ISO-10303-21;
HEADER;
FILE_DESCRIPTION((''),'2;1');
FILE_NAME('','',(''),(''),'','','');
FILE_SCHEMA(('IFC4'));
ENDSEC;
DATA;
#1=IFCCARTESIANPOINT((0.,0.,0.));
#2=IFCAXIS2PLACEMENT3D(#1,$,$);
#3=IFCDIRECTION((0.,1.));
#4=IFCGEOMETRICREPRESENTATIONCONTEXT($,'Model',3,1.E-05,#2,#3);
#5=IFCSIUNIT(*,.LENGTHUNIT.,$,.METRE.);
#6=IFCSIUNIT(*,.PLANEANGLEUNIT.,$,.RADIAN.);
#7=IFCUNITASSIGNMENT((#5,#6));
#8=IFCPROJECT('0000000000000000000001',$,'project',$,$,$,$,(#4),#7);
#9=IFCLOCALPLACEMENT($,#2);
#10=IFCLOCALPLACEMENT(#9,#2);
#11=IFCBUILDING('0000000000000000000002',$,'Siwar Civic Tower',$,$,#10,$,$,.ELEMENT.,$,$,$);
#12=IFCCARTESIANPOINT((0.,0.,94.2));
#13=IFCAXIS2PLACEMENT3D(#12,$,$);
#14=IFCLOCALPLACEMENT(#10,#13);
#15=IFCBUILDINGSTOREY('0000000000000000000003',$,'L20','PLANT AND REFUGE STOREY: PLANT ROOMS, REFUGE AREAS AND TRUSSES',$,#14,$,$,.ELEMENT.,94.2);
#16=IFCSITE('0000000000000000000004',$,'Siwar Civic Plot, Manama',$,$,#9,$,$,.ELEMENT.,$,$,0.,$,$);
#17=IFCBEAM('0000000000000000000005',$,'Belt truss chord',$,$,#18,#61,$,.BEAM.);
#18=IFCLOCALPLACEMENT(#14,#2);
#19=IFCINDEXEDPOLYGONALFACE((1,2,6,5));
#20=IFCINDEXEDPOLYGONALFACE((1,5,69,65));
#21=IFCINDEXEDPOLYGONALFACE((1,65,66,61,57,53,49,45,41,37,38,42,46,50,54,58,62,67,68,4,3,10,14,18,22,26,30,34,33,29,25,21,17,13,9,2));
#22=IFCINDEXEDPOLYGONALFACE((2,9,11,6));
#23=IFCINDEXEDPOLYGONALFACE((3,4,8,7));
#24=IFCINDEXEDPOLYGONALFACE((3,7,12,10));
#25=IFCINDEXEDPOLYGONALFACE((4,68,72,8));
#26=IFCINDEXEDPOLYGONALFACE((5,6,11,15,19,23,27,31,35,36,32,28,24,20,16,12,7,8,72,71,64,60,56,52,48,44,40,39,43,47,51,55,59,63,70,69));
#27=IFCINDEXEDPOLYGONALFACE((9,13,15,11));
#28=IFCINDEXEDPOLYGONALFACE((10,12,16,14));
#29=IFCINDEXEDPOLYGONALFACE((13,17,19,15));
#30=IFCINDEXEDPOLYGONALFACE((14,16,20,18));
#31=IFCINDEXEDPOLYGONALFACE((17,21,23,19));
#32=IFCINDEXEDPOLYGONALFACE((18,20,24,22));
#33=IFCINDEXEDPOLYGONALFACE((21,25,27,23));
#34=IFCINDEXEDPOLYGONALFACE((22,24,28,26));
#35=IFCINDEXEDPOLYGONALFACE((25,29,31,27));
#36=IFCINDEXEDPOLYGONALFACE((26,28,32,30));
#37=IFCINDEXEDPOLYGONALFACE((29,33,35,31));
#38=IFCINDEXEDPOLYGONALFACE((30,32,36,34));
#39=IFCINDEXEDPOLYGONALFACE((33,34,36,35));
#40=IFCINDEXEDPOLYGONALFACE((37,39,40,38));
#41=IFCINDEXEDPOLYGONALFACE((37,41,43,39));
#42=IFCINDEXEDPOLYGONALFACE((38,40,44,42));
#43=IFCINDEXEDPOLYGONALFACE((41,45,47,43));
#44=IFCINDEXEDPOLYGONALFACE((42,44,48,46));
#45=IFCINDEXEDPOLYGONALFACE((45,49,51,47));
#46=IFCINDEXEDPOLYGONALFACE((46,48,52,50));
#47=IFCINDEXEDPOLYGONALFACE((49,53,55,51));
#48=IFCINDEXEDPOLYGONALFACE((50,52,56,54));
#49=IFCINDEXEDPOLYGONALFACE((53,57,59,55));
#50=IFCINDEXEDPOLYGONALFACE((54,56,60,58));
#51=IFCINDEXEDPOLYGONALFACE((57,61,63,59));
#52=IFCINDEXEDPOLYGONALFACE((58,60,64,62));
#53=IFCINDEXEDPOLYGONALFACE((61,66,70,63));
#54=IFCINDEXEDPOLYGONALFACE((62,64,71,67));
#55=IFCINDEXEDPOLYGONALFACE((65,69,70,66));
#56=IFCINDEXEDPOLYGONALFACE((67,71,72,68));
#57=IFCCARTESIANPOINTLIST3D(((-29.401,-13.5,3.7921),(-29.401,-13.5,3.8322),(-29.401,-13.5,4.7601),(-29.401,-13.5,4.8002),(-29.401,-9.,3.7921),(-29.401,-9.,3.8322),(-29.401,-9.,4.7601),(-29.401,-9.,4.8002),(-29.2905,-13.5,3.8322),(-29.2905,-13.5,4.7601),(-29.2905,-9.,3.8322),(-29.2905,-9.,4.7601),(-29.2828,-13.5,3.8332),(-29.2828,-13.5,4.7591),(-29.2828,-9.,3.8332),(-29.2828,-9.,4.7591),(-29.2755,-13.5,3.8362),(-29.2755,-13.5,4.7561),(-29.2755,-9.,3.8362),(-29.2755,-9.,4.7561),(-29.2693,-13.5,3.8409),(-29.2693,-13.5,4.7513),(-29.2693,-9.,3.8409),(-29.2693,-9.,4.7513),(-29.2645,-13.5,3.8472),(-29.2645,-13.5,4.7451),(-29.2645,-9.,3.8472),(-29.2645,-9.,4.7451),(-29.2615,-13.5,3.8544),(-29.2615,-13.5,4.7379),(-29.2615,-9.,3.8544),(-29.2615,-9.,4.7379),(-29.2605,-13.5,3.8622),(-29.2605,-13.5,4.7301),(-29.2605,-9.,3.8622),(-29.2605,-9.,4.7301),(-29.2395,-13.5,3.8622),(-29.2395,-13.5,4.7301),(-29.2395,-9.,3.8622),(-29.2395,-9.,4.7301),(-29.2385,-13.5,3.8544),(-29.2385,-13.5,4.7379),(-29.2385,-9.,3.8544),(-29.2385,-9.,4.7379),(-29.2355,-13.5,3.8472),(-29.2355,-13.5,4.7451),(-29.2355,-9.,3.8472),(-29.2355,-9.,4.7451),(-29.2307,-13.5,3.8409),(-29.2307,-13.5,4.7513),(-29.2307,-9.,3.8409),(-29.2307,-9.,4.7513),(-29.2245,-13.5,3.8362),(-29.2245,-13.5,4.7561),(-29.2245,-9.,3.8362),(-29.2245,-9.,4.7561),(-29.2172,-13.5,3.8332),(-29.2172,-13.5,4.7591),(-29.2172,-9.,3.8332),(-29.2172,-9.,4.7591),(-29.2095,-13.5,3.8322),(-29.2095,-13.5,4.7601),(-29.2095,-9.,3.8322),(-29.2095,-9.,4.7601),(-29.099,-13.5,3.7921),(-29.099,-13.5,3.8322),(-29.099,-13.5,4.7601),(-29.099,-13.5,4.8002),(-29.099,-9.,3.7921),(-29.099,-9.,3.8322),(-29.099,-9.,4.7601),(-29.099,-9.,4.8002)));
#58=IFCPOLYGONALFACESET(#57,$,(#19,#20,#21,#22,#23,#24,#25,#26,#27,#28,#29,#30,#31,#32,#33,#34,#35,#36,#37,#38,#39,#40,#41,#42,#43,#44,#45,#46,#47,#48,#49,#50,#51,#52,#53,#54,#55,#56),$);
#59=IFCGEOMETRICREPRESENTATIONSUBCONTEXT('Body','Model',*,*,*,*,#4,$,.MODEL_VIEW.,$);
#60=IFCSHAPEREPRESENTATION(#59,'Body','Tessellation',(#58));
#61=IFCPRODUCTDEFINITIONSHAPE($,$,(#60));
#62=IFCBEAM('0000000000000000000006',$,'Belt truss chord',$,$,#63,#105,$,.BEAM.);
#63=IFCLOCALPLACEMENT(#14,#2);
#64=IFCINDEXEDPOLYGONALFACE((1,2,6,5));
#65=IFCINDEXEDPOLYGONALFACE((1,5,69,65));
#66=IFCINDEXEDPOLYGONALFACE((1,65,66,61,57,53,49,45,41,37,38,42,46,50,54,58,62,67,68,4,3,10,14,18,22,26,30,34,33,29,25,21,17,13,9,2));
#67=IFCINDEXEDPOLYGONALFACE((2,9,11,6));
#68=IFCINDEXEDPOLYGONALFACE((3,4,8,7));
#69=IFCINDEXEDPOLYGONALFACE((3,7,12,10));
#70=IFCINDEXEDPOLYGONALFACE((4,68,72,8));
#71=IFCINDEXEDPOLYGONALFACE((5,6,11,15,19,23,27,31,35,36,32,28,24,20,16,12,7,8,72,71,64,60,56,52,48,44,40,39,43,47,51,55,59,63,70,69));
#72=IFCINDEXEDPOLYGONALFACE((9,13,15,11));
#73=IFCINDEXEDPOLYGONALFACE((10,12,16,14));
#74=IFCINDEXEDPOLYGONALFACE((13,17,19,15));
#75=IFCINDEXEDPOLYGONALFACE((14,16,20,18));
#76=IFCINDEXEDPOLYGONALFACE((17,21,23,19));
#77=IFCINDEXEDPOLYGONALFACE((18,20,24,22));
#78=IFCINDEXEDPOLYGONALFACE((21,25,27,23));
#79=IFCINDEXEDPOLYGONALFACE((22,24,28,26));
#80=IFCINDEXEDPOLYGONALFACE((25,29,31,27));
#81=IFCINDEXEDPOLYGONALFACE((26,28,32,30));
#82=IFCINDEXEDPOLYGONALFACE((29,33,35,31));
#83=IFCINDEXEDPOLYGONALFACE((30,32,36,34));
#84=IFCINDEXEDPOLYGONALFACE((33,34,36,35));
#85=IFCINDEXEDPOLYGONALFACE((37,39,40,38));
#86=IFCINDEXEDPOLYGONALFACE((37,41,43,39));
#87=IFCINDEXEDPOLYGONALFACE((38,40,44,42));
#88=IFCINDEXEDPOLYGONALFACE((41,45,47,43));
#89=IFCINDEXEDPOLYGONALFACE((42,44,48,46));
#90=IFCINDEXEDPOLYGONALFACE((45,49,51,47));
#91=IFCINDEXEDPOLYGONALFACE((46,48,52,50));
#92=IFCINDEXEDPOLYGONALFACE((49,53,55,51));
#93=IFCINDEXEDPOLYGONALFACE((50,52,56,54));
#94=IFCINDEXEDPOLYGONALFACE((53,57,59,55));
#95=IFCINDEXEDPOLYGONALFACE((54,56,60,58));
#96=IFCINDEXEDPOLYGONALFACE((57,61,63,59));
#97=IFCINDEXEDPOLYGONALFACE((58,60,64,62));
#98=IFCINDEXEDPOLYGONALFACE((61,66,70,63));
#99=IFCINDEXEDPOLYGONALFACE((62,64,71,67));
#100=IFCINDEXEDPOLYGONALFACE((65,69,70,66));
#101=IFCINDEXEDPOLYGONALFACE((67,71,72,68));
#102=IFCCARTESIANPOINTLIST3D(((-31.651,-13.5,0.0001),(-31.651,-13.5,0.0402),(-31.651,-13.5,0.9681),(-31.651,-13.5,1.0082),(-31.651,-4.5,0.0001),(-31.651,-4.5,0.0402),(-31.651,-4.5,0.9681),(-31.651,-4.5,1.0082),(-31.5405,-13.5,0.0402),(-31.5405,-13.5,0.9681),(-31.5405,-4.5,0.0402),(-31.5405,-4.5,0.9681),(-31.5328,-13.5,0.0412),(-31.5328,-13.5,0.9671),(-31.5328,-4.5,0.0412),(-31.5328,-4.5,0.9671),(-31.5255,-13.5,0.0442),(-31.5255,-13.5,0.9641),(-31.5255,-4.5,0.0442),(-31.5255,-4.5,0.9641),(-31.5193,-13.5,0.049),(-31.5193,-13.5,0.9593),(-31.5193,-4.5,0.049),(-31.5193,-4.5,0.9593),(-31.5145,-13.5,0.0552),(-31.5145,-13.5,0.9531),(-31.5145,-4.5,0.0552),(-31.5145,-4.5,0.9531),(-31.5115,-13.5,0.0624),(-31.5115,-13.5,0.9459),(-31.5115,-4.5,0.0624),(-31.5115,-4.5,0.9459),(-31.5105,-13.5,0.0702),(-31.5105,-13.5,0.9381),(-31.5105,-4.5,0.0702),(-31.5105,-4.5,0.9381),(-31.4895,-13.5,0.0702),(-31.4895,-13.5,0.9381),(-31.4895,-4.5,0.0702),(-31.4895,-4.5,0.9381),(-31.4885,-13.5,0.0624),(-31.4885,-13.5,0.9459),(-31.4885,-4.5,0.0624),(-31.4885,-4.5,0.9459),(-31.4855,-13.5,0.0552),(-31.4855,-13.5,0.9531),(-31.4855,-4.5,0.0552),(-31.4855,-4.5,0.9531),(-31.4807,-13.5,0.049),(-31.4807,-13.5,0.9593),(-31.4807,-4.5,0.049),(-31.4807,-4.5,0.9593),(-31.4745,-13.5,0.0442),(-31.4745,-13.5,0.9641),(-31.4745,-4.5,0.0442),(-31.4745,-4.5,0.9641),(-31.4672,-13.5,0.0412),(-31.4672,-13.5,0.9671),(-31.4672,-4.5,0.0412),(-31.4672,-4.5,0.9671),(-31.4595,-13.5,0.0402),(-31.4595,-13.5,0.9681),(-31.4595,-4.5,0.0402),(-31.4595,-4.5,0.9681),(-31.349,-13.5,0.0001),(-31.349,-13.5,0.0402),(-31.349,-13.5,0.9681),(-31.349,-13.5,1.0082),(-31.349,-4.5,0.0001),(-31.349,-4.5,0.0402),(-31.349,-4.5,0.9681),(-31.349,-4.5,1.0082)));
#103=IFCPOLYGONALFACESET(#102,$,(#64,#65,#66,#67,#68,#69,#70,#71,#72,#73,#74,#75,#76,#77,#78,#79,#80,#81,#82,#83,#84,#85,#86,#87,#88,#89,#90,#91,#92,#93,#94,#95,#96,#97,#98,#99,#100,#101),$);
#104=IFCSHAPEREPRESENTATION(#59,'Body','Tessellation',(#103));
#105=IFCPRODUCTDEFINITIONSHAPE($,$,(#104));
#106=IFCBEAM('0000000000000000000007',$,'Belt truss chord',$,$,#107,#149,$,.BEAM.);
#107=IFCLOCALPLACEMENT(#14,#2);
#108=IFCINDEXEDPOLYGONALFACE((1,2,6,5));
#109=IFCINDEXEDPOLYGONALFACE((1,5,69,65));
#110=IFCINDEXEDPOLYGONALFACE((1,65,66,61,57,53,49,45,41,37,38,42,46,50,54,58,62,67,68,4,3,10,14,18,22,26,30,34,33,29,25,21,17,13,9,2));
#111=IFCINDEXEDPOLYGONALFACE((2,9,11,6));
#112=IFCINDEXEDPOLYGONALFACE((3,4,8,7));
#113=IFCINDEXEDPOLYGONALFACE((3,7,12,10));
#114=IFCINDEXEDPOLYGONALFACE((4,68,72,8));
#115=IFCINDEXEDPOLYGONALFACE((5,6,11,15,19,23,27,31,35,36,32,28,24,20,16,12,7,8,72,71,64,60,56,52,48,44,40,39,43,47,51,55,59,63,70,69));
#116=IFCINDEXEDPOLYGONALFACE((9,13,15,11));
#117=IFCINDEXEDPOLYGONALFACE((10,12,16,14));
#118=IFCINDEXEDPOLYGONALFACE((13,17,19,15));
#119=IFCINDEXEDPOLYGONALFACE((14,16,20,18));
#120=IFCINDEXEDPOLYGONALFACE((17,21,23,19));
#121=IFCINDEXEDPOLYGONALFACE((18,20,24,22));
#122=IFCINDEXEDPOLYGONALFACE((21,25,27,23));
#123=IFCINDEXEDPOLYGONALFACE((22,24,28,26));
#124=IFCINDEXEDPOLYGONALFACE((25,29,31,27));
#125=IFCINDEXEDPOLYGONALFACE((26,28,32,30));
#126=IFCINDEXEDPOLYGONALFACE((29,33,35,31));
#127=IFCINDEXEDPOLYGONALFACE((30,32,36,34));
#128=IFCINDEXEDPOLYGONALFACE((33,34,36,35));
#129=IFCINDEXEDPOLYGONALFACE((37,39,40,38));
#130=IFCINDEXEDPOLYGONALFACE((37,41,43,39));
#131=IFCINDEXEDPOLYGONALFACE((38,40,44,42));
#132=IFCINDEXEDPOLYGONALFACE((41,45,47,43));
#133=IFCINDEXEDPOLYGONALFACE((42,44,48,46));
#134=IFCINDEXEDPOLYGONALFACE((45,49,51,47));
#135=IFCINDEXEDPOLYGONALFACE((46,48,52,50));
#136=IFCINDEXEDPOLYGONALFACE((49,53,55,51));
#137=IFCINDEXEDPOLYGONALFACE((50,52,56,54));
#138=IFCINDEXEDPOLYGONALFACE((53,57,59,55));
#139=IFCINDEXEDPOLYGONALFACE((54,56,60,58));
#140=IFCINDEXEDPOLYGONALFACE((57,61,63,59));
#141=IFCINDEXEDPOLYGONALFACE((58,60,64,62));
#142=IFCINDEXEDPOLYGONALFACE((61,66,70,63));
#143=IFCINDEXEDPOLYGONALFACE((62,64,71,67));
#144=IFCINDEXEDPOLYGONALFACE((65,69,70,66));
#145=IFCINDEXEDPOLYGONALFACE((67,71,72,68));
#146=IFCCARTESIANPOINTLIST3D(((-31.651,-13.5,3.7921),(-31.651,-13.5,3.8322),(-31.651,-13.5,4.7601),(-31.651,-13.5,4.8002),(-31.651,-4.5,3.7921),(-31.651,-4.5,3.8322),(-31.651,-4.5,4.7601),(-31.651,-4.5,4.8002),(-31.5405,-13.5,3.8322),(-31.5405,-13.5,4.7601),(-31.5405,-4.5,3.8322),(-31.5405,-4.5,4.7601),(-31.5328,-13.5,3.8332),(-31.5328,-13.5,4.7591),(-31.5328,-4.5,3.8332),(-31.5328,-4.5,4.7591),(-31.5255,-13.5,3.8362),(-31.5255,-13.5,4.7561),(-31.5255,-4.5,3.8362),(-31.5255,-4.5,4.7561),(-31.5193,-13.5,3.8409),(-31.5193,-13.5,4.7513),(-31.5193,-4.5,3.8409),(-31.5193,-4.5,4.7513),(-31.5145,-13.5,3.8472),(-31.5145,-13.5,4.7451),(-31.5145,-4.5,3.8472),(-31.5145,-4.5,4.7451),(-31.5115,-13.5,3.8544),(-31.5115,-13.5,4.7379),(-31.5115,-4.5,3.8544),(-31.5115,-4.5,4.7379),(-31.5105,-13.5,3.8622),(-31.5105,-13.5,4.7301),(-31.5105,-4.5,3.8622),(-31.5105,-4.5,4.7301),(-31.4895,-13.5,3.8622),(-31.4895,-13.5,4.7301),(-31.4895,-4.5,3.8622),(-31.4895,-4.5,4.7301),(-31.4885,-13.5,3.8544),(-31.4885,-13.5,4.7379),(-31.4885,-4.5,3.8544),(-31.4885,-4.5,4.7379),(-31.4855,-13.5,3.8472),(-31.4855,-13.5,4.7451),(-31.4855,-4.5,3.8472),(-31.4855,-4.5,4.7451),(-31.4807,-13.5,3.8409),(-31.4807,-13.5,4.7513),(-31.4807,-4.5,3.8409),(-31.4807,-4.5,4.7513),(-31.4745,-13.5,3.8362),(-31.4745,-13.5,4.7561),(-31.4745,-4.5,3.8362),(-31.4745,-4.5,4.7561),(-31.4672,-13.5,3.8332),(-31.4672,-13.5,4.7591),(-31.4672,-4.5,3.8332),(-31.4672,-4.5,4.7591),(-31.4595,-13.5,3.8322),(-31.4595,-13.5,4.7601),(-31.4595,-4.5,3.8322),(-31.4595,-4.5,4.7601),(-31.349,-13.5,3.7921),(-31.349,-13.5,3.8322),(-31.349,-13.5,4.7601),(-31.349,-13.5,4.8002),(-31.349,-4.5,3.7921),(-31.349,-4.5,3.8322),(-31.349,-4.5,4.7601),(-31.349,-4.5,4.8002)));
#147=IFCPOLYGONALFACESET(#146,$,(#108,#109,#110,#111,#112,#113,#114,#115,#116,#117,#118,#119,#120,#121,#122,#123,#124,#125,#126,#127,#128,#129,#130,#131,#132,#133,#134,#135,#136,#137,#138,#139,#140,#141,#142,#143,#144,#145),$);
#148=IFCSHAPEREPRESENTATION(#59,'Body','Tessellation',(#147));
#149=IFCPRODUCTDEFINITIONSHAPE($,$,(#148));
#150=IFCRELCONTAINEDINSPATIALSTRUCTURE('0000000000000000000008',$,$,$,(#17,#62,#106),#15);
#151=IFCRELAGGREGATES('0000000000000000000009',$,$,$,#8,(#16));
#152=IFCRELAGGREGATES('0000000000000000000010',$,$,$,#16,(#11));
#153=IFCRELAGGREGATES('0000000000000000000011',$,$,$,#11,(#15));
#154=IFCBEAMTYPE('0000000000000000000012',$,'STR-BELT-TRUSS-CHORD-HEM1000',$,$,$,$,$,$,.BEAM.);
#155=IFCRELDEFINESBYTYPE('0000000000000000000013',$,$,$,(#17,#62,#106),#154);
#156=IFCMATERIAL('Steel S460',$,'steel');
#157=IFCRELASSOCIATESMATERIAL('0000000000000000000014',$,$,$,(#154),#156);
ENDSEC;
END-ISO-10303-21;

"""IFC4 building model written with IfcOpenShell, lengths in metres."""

from ifc_helpers import new_model, si_unit, direction, frame, origin, origin_2d, place, context, subcontext, project, spatial, i_section, extrude, material, material_profile, profile_set, type_object, element, save


model = new_model("IFC4")

# Units and contexts
model_context = context("Model", 3, precision=1e-05, world=origin(), true_north=direction((0.0, 1.0)))
body_context = subcontext(model_context, "Body", "Model", "MODEL_VIEW")
ifc_project = project(units=[si_unit("LENGTHUNIT", "METRE"), si_unit("PLANEANGLEUNIT", "RADIAN")], contexts=[model_context])

# Site, building, storey
site_placement = place(None, origin())
site = spatial("IfcSite", under=ifc_project, at=site_placement, Name="Siwar Civic Plot, Manama", CompositionType="ELEMENT", RefElevation=0.0)
building_placement = place(site_placement, origin())
building = spatial("IfcBuilding", under=site, at=building_placement, Name="Siwar Civic Tower", CompositionType="ELEMENT")
storey_placement = place(building_placement, frame((0.0, 0.0, 94.2)))
storey = spatial("IfcBuildingStorey", under=building, at=storey_placement, Name="L20", Description="PLANT AND REFUGE STOREY: PLANT ROOMS, REFUGE AREAS AND TRUSSES", CompositionType="ELEMENT", Elevation=94.2)

# Beams
ifc_material_1 = material(Name="Steel S460", Category="steel")
ifc_material_profile_1 = material_profile(ifc_material_1, i_section(OverallWidth=0.302, OverallDepth=1.0081, WebThickness=0.021, FlangeThickness=0.04, FilletRadius=0.03, at=origin_2d()), Name="HEM1000")
ifc_profile_set_1 = profile_set([ifc_material_profile_1], Name="Steel S460")
beam_type_1 = type_object("IfcBeamType", Name="STR-BELT-TRUSS-CHORD-HEM1000", PredefinedType="BEAM", material=ifc_profile_set_1)
for number, where, z_axis, x_axis, name in (
    (1, (-29.25, -9.0, 4.2961), (0.0, -1.0, 0.0), (1.0, 0.0, 0.0), "Belt truss chord"),
):
    element("IfcBeam", number, at=place(storey_placement, frame(where, z_axis=z_axis, x_axis=x_axis)), inside=storey, type_object=beam_type_1, Name=name, PredefinedType="BEAM", context=body_context, shape_type="SweptSolid", body=[
        extrude(i_section(OverallWidth=0.302, OverallDepth=1.0081, WebThickness=0.021, FlangeThickness=0.04, FilletRadius=0.03, at=origin_2d()), origin(), (0.0, 0.0, 1.0), 4.5),
    ])
for number, where, z_axis, x_axis, name in (
    (2, (-31.5, -4.5, 0.5042), (0.0, -1.0, 0.0), (1.0, 0.0, 0.0), "Belt truss chord"),
    (3, (-31.5, -4.5, 4.2961), (0.0, -1.0, 0.0), (1.0, 0.0, 0.0), "Belt truss chord"),
):
    element("IfcBeam", number, at=place(storey_placement, frame(where, z_axis=z_axis, x_axis=x_axis)), inside=storey, type_object=beam_type_1, Name=name, PredefinedType="BEAM", context=body_context, shape_type="SweptSolid", body=[
        extrude(i_section(OverallWidth=0.302, OverallDepth=1.0081, WebThickness=0.021, FlangeThickness=0.04, FilletRadius=0.03, at=origin_2d()), origin(), (0.0, 0.0, 1.0), 9.0),
    ])

save(model, "model.ifc")
